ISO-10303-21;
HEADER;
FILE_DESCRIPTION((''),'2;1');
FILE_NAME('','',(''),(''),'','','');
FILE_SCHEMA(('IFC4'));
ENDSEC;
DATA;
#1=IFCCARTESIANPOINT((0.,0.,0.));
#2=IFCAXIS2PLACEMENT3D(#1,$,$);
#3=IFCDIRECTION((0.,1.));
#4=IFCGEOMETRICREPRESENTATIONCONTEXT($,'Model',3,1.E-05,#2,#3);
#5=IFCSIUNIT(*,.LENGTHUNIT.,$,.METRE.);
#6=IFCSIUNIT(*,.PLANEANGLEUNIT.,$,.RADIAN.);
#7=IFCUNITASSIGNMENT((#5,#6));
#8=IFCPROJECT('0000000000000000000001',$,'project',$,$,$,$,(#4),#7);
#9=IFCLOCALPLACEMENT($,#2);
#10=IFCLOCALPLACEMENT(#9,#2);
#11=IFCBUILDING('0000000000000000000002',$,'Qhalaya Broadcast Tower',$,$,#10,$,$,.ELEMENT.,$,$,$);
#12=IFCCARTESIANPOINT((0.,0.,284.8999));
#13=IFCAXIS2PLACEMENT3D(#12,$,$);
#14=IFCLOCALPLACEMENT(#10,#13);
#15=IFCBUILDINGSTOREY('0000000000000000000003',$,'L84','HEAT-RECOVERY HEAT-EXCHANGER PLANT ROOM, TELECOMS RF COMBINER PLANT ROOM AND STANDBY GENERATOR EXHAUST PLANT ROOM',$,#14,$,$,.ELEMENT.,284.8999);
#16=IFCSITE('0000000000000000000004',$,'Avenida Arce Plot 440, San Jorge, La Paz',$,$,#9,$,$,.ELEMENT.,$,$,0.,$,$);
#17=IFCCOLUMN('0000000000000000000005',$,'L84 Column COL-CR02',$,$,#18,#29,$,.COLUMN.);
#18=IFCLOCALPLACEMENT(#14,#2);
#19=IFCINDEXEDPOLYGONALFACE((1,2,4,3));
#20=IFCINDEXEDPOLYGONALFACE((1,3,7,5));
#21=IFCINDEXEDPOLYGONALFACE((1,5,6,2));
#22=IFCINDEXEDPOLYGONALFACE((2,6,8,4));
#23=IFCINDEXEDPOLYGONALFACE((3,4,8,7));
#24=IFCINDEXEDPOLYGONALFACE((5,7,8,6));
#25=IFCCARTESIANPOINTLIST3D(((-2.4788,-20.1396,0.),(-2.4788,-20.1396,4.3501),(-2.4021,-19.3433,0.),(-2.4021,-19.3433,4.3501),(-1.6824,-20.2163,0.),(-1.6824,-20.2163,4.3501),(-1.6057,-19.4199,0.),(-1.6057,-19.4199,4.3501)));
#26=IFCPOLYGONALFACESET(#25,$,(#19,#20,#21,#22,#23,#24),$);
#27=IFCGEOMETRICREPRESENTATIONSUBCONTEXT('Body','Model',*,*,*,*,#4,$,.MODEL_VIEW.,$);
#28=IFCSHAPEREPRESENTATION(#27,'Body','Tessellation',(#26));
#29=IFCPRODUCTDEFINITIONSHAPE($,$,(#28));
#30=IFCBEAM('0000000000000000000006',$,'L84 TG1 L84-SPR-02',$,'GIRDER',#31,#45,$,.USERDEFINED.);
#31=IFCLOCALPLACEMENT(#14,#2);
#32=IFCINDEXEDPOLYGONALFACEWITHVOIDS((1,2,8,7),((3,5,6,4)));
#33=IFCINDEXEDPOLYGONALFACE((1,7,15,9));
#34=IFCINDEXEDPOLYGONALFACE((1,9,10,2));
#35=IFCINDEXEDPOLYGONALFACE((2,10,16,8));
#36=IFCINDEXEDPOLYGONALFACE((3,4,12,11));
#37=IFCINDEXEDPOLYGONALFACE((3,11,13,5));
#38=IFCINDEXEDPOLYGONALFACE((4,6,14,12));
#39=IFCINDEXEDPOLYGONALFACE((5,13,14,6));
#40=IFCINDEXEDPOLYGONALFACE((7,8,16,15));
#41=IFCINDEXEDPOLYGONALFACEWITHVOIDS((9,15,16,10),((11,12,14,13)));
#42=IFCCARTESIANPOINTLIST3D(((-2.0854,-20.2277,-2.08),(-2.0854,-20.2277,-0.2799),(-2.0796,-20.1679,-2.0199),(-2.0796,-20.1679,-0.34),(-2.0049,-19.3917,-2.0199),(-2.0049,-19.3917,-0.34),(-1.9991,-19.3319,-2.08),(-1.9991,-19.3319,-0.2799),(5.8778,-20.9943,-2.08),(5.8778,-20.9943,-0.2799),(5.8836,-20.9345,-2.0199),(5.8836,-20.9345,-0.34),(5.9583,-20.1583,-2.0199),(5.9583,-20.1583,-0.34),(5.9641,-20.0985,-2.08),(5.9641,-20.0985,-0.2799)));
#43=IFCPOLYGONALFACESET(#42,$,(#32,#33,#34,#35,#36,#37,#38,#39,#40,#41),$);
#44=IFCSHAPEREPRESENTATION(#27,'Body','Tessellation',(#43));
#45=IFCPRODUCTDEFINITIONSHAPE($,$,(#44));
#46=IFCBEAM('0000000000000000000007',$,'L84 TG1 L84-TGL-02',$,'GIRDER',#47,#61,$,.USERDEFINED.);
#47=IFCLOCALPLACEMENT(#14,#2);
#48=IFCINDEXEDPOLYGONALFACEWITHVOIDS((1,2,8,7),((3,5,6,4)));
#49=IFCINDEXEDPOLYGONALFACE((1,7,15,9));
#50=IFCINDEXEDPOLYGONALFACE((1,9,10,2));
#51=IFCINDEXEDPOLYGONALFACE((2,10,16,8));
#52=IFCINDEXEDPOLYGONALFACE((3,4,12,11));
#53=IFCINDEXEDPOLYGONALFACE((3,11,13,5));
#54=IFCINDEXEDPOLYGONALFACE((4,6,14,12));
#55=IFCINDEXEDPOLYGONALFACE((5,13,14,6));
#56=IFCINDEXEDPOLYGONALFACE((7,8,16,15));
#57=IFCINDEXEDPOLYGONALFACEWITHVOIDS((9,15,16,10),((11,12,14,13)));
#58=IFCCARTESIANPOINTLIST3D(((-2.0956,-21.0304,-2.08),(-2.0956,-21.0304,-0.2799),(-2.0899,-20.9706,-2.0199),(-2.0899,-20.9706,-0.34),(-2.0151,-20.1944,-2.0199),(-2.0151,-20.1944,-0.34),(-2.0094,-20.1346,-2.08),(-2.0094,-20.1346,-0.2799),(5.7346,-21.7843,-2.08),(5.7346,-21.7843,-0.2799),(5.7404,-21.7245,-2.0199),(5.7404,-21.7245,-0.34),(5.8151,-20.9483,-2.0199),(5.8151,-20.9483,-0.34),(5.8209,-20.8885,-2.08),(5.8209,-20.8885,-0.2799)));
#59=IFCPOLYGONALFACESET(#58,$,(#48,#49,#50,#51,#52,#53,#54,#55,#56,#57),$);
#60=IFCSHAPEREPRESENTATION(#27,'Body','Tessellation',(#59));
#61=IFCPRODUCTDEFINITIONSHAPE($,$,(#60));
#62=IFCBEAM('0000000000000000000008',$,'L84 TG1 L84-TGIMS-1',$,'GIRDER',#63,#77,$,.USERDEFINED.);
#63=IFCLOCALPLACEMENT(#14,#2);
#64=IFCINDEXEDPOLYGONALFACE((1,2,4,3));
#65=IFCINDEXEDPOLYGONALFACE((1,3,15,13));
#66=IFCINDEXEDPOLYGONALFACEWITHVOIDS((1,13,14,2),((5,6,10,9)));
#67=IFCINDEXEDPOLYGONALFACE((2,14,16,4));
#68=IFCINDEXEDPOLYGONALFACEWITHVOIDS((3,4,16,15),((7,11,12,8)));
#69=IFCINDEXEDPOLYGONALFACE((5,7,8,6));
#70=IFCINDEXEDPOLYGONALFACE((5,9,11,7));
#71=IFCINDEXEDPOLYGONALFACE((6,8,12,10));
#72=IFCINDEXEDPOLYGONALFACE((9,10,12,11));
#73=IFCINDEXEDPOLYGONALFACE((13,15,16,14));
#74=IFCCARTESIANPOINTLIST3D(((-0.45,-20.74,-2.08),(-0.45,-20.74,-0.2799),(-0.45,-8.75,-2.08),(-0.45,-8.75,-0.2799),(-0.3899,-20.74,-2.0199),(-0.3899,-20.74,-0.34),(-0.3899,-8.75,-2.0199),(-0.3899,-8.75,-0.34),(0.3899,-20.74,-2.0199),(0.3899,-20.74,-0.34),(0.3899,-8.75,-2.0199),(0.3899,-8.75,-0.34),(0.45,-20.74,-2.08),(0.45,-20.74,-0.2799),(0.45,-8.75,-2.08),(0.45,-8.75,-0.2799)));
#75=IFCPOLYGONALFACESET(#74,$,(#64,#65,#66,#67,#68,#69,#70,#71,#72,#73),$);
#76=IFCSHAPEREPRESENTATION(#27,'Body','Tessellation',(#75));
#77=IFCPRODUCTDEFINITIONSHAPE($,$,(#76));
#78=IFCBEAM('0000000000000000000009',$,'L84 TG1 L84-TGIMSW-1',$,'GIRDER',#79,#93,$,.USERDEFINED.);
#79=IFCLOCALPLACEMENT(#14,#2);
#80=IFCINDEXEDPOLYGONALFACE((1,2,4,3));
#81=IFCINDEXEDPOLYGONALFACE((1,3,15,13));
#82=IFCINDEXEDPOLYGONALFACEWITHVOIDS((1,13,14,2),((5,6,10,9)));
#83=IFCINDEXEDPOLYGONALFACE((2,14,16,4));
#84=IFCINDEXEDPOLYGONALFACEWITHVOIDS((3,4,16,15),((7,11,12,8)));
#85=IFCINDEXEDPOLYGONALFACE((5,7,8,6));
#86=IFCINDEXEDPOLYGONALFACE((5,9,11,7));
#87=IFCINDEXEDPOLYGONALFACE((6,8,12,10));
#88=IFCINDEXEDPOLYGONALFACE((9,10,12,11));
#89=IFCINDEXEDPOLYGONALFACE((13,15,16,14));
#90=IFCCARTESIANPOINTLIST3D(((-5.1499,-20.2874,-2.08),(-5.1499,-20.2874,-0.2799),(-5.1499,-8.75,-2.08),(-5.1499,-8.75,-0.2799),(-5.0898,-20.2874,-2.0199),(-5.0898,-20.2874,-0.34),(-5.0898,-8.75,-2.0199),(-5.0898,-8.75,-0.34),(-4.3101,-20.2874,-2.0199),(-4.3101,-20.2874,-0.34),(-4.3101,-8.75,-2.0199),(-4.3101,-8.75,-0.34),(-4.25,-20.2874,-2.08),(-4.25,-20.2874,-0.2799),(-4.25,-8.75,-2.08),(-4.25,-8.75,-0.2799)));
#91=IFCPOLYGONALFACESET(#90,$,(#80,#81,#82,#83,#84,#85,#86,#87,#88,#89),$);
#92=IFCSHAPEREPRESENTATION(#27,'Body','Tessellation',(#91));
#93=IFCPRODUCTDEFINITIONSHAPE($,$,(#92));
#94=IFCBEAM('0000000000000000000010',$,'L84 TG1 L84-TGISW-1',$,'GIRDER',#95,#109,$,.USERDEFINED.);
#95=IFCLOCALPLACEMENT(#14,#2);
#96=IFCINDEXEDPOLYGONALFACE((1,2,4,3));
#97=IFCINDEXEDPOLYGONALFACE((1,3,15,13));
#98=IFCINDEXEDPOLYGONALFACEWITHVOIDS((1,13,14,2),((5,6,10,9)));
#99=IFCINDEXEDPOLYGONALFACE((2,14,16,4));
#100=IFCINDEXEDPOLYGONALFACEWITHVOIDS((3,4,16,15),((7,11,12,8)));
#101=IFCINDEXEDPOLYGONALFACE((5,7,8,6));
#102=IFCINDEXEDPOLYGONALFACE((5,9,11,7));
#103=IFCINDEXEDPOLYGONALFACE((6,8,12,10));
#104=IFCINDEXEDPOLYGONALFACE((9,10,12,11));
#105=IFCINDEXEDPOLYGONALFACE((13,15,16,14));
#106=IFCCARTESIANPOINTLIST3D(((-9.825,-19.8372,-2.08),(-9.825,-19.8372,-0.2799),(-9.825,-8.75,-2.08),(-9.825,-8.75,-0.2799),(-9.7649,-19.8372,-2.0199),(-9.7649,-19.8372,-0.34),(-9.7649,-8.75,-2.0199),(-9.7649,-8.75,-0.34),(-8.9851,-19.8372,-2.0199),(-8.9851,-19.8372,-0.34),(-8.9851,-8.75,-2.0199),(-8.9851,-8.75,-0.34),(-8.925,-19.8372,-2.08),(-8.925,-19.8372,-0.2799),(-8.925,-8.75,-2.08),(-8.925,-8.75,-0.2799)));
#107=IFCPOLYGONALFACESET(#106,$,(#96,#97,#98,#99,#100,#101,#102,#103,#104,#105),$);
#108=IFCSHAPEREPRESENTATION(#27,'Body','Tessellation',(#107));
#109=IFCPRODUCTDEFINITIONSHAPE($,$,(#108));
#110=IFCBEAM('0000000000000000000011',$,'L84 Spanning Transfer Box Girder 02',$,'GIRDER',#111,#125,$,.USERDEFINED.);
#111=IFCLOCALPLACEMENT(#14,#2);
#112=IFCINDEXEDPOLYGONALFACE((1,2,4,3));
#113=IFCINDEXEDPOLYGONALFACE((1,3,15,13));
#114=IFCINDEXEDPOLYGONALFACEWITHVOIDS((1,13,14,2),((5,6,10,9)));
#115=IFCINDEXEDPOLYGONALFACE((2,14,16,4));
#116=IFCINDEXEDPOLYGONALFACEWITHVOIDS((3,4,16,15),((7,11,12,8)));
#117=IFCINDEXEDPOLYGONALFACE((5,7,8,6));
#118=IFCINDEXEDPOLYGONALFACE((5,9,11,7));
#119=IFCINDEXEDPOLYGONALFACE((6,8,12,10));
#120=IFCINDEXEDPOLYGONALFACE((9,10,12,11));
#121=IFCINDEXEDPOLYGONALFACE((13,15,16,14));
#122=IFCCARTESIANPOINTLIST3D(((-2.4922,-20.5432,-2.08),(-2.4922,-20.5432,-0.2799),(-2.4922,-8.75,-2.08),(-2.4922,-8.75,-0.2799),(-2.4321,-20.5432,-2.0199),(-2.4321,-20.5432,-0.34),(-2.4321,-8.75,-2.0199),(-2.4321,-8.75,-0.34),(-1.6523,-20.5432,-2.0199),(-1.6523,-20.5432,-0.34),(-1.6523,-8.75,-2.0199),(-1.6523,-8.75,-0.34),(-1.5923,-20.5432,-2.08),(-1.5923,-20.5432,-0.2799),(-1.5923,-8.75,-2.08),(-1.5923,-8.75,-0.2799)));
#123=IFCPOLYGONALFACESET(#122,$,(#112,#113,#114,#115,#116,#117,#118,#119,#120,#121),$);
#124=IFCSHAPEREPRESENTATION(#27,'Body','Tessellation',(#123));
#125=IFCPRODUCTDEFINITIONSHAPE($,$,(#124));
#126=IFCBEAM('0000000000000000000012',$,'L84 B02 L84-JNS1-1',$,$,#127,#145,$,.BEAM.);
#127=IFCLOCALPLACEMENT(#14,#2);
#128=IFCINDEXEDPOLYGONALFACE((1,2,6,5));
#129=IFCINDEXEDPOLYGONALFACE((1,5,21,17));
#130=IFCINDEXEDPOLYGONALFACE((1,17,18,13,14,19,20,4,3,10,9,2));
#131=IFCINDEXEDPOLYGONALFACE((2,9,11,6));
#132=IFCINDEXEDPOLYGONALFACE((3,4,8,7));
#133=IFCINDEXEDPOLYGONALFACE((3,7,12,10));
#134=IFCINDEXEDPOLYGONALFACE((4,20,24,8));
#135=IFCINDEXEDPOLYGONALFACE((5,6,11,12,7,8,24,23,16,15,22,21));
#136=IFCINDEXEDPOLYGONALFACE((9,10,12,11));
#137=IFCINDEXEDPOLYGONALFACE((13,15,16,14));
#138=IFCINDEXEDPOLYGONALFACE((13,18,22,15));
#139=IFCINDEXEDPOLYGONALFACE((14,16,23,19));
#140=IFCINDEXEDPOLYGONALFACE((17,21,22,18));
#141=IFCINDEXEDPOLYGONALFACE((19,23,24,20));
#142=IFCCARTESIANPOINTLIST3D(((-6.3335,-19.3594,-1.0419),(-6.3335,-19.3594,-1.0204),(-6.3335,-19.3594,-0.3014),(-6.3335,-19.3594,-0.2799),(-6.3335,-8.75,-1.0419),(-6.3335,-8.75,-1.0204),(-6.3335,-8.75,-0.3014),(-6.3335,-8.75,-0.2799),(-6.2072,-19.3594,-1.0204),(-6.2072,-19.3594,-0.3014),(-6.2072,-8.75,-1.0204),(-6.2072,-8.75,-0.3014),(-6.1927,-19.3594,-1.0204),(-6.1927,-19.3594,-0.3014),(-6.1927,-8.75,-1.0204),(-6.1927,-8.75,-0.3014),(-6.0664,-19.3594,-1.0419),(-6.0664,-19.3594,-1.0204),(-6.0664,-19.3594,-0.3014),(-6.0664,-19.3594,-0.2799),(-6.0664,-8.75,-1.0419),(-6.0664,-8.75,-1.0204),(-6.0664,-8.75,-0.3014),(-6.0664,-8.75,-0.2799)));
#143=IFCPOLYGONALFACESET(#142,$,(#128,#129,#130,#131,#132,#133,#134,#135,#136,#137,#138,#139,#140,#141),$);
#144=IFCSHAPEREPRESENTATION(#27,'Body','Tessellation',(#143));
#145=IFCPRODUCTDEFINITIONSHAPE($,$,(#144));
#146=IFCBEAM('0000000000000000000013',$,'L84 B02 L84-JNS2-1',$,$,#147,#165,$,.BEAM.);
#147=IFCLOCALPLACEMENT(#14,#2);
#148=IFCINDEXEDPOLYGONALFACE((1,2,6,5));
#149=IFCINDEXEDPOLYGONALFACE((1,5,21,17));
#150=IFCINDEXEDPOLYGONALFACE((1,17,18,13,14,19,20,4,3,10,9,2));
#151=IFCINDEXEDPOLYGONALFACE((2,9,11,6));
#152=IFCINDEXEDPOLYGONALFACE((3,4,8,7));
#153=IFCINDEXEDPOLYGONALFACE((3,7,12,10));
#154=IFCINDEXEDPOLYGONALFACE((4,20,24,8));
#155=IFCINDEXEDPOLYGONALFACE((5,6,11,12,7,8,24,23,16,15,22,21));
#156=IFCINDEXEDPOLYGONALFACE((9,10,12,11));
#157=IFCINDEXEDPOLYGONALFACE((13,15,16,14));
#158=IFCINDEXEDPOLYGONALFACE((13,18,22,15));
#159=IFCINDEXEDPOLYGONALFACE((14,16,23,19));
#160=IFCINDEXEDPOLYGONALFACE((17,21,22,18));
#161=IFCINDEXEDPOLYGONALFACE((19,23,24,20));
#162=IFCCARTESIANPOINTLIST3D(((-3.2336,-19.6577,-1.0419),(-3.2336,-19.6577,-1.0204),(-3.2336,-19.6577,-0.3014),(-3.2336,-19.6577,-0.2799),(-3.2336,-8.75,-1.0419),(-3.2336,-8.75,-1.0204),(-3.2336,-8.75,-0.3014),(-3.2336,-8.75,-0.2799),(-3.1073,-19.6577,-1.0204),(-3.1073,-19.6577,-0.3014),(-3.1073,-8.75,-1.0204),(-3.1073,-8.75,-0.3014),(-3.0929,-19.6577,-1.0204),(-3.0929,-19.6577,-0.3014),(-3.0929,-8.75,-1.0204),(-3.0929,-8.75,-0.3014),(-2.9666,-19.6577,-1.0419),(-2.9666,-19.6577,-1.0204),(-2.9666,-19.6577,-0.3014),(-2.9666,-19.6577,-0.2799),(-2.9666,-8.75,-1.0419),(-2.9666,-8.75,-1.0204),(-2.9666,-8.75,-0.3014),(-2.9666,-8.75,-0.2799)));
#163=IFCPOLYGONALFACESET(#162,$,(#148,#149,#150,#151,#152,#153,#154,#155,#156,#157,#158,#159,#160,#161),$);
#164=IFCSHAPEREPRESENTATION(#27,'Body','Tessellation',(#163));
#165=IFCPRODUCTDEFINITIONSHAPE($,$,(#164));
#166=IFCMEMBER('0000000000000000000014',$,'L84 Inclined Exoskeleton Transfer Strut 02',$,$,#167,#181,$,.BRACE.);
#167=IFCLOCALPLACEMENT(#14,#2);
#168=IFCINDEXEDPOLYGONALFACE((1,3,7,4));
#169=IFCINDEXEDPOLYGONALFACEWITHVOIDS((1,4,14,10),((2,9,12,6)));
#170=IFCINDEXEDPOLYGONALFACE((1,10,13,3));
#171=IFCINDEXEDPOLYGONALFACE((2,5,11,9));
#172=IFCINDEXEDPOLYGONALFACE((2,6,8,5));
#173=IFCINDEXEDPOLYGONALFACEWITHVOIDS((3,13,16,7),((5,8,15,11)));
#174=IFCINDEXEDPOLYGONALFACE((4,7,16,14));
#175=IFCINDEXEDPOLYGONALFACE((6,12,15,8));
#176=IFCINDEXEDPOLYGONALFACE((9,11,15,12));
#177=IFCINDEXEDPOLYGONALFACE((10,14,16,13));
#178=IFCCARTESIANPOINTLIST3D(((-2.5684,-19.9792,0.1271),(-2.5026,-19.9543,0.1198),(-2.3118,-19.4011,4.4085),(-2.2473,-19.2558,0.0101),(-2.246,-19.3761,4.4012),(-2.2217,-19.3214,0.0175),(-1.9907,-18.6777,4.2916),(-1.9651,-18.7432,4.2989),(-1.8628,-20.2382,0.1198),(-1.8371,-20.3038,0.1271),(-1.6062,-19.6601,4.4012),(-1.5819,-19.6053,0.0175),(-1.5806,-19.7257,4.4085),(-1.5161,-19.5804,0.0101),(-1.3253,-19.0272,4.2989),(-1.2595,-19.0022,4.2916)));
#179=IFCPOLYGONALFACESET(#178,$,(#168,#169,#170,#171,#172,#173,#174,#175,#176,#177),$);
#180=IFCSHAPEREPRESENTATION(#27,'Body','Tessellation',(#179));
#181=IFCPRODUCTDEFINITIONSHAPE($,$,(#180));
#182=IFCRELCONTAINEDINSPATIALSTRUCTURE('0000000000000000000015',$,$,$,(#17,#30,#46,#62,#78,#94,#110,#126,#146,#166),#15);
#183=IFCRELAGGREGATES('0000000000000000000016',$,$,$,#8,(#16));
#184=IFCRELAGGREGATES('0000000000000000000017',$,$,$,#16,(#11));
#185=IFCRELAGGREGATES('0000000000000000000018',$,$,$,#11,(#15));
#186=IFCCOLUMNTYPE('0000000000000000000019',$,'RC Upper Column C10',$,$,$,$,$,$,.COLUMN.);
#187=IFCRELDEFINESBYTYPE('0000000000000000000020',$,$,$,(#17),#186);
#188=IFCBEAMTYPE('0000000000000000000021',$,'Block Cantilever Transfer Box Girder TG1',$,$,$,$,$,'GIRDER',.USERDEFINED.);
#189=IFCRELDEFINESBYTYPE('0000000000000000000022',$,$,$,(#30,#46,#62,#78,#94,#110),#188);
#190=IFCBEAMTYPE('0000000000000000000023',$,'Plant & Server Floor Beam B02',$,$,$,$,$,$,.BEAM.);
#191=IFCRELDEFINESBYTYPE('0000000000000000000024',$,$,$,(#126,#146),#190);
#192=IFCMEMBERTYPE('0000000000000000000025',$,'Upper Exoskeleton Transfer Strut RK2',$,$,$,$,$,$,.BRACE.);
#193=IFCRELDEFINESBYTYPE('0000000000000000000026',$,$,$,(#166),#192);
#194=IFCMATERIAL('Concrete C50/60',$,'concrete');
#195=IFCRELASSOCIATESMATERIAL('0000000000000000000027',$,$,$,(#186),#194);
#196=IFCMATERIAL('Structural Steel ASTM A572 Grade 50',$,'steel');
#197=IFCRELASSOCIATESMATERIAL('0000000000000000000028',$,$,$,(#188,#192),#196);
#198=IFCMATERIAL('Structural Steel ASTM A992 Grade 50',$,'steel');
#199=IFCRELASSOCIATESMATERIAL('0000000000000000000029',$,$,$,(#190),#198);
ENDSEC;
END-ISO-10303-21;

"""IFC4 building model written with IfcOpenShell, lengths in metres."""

from ifc_helpers import new_model, si_unit, direction, frame, origin, origin_2d, place, context, subcontext, project, spatial, rectangle, hollow_rectangle, i_section, extrude, material, material_profile, profile_set, type_object, element, save


model = new_model("IFC4")

# Units and contexts
model_context = context("Model", 3, precision=1e-05, world=origin(), true_north=direction((0.0, 1.0)))
body_context = subcontext(model_context, "Body", "Model", "MODEL_VIEW")
ifc_project = project(units=[si_unit("LENGTHUNIT", "METRE"), si_unit("PLANEANGLEUNIT", "RADIAN")], contexts=[model_context])

# Site, building, storey
site_placement = place(None, origin())
site = spatial("IfcSite", under=ifc_project, at=site_placement, Name="Avenida Arce Plot 440, San Jorge, La Paz", CompositionType="ELEMENT", RefElevation=0.0)
building_placement = place(site_placement, origin())
building = spatial("IfcBuilding", under=site, at=building_placement, Name="Qhalaya Broadcast Tower", CompositionType="ELEMENT")
storey_placement = place(building_placement, frame((0.0, 0.0, 284.8999)))
storey = spatial("IfcBuildingStorey", under=building, at=storey_placement, Name="L84", Description="HEAT-RECOVERY HEAT-EXCHANGER PLANT ROOM, TELECOMS RF COMBINER PLANT ROOM AND STANDBY GENERATOR EXHAUST PLANT ROOM", CompositionType="ELEMENT", Elevation=284.8999)

# Column
ifc_material_1 = material(Name="Concrete C50/60", Category="concrete")
ifc_material_profile_1 = material_profile(ifc_material_1, rectangle(XDim=0.8, YDim=0.8, at=origin_2d()), Name="RC-COL 800x800")
ifc_profile_set_1 = profile_set([ifc_material_profile_1], Name="Concrete C50/60")
column_type = type_object("IfcColumnType", Name="RC Upper Column C10", PredefinedType="COLUMN", material=ifc_profile_set_1)
column_placement = place(storey_placement, frame((-2.0422, -19.7798, 0.0), z_axis=(0.0, 0.0, 1.0), x_axis=(0.995396, -0.095846, 0.0)))
element("IfcColumn", 1, at=column_placement, inside=storey, type_object=column_type, Name="L84 Column COL-CR02", PredefinedType="COLUMN", context=body_context, shape_type="SweptSolid", body=[
    extrude(rectangle(XDim=0.8, YDim=0.8, at=origin_2d()), origin(), (0.0, 0.0, 1.0), 4.3501),
])

# Beams
ifc_material_2 = material(Name="Structural Steel ASTM A572 Grade 50", Category="steel")
ifc_material_profile_2 = material_profile(ifc_material_2, hollow_rectangle(XDim=0.8999, YDim=1.8, WallThickness=0.0601, at=origin_2d()), Name="BOX 900x1800x60")
ifc_profile_set_2 = profile_set([ifc_material_profile_2], Name="Structural Steel ASTM A572 Grade 50")
beam_type_1 = type_object("IfcBeamType", Name="Block Cantilever Transfer Box Girder TG1", ElementType="GIRDER", PredefinedType="USERDEFINED", material=ifc_profile_set_2)
beam_1_placement = place(storey_placement, frame((-2.0422, -19.7798, -1.1799), z_axis=(0.995398, -0.095826, 0.0), x_axis=(0.095826, 0.995398, 0.0)))
element("IfcBeam", 2, at=beam_1_placement, inside=storey, type_object=beam_type_1, Name="L84 TG1 L84-SPR-02", ObjectType="GIRDER", PredefinedType="USERDEFINED", context=body_context, shape_type="SweptSolid", body=[
    extrude(hollow_rectangle(XDim=0.8999, YDim=1.8, WallThickness=0.0601, at=origin_2d()), origin(), (0.0, 0.0, 1.0), 8.0),
])
beam_2_placement = place(storey_placement, frame((-2.0525, -20.5825, -1.1799), z_axis=(0.995397, -0.095837, 0.0), x_axis=(0.095837, 0.995397, 0.0)))
element("IfcBeam", 3, at=beam_2_placement, inside=storey, type_object=beam_type_1, Name="L84 TG1 L84-TGL-02", ObjectType="GIRDER", PredefinedType="USERDEFINED", context=body_context, shape_type="SweptSolid", body=[
    extrude(hollow_rectangle(XDim=0.8999, YDim=1.8, WallThickness=0.0601, at=origin_2d()), origin(), (0.0, 0.0, 1.0), 7.8665),
])
beam_3_placement = place(storey_placement, frame((0.0, -20.74, -1.1799), z_axis=(0.0, 1.0, 0.0), x_axis=(-1.0, 0.0, 0.0)))
element("IfcBeam", 4, at=beam_3_placement, inside=storey, type_object=beam_type_1, Name="L84 TG1 L84-TGIMS-1", ObjectType="GIRDER", PredefinedType="USERDEFINED", context=body_context, shape_type="SweptSolid", body=[
    extrude(hollow_rectangle(XDim=0.8999, YDim=1.8, WallThickness=0.0601, at=origin_2d()), origin(), (0.0, 0.0, 1.0), 11.99),
])
beam_4_placement = place(storey_placement, frame((-4.7, -20.2874, -1.1799), z_axis=(0.0, 1.0, 0.0), x_axis=(-1.0, 0.0, 0.0)))
element("IfcBeam", 5, at=beam_4_placement, inside=storey, type_object=beam_type_1, Name="L84 TG1 L84-TGIMSW-1", ObjectType="GIRDER", PredefinedType="USERDEFINED", context=body_context, shape_type="SweptSolid", body=[
    extrude(hollow_rectangle(XDim=0.8999, YDim=1.8, WallThickness=0.0601, at=origin_2d()), origin(), (0.0, 0.0, 1.0), 11.5374),
])
beam_5_placement = place(storey_placement, frame((-9.375, -19.8372, -1.1799), z_axis=(0.0, 1.0, 0.0), x_axis=(-1.0, 0.0, 0.0)))
element("IfcBeam", 6, at=beam_5_placement, inside=storey, type_object=beam_type_1, Name="L84 TG1 L84-TGISW-1", ObjectType="GIRDER", PredefinedType="USERDEFINED", context=body_context, shape_type="SweptSolid", body=[
    extrude(hollow_rectangle(XDim=0.8999, YDim=1.8, WallThickness=0.0601, at=origin_2d()), origin(), (0.0, 0.0, 1.0), 11.0872),
])
beam_6_placement = place(storey_placement, frame((-2.0422, -20.5432, -1.1799), z_axis=(0.0, 1.0, 0.0), x_axis=(-1.0, 0.0, 0.0)))
element("IfcBeam", 7, at=beam_6_placement, inside=storey, type_object=beam_type_1, Name="L84 Spanning Transfer Box Girder 02", ObjectType="GIRDER", PredefinedType="USERDEFINED", context=body_context, shape_type="SweptSolid", body=[
    extrude(hollow_rectangle(XDim=0.8999, YDim=1.8, WallThickness=0.0601, at=origin_2d()), origin(), (0.0, 0.0, 1.0), 11.7932),
])
ifc_material_3 = material(Name="Structural Steel ASTM A992 Grade 50", Category="steel")
ifc_material_profile_3 = material_profile(ifc_material_3, i_section(OverallWidth=0.2671, OverallDepth=0.762, WebThickness=0.0144, FlangeThickness=0.0215, at=origin_2d()), Name="W30X116")
ifc_profile_set_3 = profile_set([ifc_material_profile_3], Name="Structural Steel ASTM A992 Grade 50")
beam_type_2 = type_object("IfcBeamType", Name="Plant & Server Floor Beam B02", PredefinedType="BEAM", material=ifc_profile_set_3)
beam_7_placement = place(storey_placement, frame((-6.2, -19.3594, -0.6609), z_axis=(0.0, 1.0, 0.0), x_axis=(-1.0, 0.0, 0.0)))
element("IfcBeam", 8, at=beam_7_placement, inside=storey, type_object=beam_type_2, Name="L84 B02 L84-JNS1-1", PredefinedType="BEAM", context=body_context, shape_type="SweptSolid", body=[
    extrude(i_section(OverallWidth=0.2671, OverallDepth=0.762, WebThickness=0.0144, FlangeThickness=0.0215, at=origin_2d()), origin(), (0.0, 0.0, 1.0), 10.6094),
])
beam_8_placement = place(storey_placement, frame((-3.1001, -19.6577, -0.6609), z_axis=(0.0, 1.0, 0.0), x_axis=(-1.0, 0.0, 0.0)))
element("IfcBeam", 9, at=beam_8_placement, inside=storey, type_object=beam_type_2, Name="L84 B02 L84-JNS2-1", PredefinedType="BEAM", context=body_context, shape_type="SweptSolid", body=[
    extrude(i_section(OverallWidth=0.2671, OverallDepth=0.762, WebThickness=0.0144, FlangeThickness=0.0215, at=origin_2d()), origin(), (0.0, 0.0, 1.0), 10.9077),
])

# Member
ifc_material_profile_4 = material_profile(ifc_material_2, hollow_rectangle(XDim=0.8, YDim=0.8, WallThickness=0.05, at=origin_2d()), Name="BOX 800x800x50")
ifc_profile_set_4 = profile_set([ifc_material_profile_4], Name="Structural Steel ASTM A572 Grade 50")
member_type = type_object("IfcMemberType", Name="Upper Exoskeleton Transfer Strut RK2", PredefinedType="BRACE", material=ifc_profile_set_4)
member_placement = place(storey_placement, frame((-2.0422, -19.7798, 0.0686), z_axis=(0.059287, 0.133579, 0.989263), x_axis=(-0.914018, 0.405673, 0.0)))
element("IfcMember", 10, at=member_placement, inside=storey, type_object=member_type, Name="L84 Inclined Exoskeleton Transfer Strut 02", PredefinedType="BRACE", context=body_context, shape_type="SweptSolid", body=[
    extrude(hollow_rectangle(XDim=0.8, YDim=0.8, WallThickness=0.05, at=origin_2d()), origin(), (0.0, 0.0, 1.0), 4.3279),
])

save(model, "model.ifc")
